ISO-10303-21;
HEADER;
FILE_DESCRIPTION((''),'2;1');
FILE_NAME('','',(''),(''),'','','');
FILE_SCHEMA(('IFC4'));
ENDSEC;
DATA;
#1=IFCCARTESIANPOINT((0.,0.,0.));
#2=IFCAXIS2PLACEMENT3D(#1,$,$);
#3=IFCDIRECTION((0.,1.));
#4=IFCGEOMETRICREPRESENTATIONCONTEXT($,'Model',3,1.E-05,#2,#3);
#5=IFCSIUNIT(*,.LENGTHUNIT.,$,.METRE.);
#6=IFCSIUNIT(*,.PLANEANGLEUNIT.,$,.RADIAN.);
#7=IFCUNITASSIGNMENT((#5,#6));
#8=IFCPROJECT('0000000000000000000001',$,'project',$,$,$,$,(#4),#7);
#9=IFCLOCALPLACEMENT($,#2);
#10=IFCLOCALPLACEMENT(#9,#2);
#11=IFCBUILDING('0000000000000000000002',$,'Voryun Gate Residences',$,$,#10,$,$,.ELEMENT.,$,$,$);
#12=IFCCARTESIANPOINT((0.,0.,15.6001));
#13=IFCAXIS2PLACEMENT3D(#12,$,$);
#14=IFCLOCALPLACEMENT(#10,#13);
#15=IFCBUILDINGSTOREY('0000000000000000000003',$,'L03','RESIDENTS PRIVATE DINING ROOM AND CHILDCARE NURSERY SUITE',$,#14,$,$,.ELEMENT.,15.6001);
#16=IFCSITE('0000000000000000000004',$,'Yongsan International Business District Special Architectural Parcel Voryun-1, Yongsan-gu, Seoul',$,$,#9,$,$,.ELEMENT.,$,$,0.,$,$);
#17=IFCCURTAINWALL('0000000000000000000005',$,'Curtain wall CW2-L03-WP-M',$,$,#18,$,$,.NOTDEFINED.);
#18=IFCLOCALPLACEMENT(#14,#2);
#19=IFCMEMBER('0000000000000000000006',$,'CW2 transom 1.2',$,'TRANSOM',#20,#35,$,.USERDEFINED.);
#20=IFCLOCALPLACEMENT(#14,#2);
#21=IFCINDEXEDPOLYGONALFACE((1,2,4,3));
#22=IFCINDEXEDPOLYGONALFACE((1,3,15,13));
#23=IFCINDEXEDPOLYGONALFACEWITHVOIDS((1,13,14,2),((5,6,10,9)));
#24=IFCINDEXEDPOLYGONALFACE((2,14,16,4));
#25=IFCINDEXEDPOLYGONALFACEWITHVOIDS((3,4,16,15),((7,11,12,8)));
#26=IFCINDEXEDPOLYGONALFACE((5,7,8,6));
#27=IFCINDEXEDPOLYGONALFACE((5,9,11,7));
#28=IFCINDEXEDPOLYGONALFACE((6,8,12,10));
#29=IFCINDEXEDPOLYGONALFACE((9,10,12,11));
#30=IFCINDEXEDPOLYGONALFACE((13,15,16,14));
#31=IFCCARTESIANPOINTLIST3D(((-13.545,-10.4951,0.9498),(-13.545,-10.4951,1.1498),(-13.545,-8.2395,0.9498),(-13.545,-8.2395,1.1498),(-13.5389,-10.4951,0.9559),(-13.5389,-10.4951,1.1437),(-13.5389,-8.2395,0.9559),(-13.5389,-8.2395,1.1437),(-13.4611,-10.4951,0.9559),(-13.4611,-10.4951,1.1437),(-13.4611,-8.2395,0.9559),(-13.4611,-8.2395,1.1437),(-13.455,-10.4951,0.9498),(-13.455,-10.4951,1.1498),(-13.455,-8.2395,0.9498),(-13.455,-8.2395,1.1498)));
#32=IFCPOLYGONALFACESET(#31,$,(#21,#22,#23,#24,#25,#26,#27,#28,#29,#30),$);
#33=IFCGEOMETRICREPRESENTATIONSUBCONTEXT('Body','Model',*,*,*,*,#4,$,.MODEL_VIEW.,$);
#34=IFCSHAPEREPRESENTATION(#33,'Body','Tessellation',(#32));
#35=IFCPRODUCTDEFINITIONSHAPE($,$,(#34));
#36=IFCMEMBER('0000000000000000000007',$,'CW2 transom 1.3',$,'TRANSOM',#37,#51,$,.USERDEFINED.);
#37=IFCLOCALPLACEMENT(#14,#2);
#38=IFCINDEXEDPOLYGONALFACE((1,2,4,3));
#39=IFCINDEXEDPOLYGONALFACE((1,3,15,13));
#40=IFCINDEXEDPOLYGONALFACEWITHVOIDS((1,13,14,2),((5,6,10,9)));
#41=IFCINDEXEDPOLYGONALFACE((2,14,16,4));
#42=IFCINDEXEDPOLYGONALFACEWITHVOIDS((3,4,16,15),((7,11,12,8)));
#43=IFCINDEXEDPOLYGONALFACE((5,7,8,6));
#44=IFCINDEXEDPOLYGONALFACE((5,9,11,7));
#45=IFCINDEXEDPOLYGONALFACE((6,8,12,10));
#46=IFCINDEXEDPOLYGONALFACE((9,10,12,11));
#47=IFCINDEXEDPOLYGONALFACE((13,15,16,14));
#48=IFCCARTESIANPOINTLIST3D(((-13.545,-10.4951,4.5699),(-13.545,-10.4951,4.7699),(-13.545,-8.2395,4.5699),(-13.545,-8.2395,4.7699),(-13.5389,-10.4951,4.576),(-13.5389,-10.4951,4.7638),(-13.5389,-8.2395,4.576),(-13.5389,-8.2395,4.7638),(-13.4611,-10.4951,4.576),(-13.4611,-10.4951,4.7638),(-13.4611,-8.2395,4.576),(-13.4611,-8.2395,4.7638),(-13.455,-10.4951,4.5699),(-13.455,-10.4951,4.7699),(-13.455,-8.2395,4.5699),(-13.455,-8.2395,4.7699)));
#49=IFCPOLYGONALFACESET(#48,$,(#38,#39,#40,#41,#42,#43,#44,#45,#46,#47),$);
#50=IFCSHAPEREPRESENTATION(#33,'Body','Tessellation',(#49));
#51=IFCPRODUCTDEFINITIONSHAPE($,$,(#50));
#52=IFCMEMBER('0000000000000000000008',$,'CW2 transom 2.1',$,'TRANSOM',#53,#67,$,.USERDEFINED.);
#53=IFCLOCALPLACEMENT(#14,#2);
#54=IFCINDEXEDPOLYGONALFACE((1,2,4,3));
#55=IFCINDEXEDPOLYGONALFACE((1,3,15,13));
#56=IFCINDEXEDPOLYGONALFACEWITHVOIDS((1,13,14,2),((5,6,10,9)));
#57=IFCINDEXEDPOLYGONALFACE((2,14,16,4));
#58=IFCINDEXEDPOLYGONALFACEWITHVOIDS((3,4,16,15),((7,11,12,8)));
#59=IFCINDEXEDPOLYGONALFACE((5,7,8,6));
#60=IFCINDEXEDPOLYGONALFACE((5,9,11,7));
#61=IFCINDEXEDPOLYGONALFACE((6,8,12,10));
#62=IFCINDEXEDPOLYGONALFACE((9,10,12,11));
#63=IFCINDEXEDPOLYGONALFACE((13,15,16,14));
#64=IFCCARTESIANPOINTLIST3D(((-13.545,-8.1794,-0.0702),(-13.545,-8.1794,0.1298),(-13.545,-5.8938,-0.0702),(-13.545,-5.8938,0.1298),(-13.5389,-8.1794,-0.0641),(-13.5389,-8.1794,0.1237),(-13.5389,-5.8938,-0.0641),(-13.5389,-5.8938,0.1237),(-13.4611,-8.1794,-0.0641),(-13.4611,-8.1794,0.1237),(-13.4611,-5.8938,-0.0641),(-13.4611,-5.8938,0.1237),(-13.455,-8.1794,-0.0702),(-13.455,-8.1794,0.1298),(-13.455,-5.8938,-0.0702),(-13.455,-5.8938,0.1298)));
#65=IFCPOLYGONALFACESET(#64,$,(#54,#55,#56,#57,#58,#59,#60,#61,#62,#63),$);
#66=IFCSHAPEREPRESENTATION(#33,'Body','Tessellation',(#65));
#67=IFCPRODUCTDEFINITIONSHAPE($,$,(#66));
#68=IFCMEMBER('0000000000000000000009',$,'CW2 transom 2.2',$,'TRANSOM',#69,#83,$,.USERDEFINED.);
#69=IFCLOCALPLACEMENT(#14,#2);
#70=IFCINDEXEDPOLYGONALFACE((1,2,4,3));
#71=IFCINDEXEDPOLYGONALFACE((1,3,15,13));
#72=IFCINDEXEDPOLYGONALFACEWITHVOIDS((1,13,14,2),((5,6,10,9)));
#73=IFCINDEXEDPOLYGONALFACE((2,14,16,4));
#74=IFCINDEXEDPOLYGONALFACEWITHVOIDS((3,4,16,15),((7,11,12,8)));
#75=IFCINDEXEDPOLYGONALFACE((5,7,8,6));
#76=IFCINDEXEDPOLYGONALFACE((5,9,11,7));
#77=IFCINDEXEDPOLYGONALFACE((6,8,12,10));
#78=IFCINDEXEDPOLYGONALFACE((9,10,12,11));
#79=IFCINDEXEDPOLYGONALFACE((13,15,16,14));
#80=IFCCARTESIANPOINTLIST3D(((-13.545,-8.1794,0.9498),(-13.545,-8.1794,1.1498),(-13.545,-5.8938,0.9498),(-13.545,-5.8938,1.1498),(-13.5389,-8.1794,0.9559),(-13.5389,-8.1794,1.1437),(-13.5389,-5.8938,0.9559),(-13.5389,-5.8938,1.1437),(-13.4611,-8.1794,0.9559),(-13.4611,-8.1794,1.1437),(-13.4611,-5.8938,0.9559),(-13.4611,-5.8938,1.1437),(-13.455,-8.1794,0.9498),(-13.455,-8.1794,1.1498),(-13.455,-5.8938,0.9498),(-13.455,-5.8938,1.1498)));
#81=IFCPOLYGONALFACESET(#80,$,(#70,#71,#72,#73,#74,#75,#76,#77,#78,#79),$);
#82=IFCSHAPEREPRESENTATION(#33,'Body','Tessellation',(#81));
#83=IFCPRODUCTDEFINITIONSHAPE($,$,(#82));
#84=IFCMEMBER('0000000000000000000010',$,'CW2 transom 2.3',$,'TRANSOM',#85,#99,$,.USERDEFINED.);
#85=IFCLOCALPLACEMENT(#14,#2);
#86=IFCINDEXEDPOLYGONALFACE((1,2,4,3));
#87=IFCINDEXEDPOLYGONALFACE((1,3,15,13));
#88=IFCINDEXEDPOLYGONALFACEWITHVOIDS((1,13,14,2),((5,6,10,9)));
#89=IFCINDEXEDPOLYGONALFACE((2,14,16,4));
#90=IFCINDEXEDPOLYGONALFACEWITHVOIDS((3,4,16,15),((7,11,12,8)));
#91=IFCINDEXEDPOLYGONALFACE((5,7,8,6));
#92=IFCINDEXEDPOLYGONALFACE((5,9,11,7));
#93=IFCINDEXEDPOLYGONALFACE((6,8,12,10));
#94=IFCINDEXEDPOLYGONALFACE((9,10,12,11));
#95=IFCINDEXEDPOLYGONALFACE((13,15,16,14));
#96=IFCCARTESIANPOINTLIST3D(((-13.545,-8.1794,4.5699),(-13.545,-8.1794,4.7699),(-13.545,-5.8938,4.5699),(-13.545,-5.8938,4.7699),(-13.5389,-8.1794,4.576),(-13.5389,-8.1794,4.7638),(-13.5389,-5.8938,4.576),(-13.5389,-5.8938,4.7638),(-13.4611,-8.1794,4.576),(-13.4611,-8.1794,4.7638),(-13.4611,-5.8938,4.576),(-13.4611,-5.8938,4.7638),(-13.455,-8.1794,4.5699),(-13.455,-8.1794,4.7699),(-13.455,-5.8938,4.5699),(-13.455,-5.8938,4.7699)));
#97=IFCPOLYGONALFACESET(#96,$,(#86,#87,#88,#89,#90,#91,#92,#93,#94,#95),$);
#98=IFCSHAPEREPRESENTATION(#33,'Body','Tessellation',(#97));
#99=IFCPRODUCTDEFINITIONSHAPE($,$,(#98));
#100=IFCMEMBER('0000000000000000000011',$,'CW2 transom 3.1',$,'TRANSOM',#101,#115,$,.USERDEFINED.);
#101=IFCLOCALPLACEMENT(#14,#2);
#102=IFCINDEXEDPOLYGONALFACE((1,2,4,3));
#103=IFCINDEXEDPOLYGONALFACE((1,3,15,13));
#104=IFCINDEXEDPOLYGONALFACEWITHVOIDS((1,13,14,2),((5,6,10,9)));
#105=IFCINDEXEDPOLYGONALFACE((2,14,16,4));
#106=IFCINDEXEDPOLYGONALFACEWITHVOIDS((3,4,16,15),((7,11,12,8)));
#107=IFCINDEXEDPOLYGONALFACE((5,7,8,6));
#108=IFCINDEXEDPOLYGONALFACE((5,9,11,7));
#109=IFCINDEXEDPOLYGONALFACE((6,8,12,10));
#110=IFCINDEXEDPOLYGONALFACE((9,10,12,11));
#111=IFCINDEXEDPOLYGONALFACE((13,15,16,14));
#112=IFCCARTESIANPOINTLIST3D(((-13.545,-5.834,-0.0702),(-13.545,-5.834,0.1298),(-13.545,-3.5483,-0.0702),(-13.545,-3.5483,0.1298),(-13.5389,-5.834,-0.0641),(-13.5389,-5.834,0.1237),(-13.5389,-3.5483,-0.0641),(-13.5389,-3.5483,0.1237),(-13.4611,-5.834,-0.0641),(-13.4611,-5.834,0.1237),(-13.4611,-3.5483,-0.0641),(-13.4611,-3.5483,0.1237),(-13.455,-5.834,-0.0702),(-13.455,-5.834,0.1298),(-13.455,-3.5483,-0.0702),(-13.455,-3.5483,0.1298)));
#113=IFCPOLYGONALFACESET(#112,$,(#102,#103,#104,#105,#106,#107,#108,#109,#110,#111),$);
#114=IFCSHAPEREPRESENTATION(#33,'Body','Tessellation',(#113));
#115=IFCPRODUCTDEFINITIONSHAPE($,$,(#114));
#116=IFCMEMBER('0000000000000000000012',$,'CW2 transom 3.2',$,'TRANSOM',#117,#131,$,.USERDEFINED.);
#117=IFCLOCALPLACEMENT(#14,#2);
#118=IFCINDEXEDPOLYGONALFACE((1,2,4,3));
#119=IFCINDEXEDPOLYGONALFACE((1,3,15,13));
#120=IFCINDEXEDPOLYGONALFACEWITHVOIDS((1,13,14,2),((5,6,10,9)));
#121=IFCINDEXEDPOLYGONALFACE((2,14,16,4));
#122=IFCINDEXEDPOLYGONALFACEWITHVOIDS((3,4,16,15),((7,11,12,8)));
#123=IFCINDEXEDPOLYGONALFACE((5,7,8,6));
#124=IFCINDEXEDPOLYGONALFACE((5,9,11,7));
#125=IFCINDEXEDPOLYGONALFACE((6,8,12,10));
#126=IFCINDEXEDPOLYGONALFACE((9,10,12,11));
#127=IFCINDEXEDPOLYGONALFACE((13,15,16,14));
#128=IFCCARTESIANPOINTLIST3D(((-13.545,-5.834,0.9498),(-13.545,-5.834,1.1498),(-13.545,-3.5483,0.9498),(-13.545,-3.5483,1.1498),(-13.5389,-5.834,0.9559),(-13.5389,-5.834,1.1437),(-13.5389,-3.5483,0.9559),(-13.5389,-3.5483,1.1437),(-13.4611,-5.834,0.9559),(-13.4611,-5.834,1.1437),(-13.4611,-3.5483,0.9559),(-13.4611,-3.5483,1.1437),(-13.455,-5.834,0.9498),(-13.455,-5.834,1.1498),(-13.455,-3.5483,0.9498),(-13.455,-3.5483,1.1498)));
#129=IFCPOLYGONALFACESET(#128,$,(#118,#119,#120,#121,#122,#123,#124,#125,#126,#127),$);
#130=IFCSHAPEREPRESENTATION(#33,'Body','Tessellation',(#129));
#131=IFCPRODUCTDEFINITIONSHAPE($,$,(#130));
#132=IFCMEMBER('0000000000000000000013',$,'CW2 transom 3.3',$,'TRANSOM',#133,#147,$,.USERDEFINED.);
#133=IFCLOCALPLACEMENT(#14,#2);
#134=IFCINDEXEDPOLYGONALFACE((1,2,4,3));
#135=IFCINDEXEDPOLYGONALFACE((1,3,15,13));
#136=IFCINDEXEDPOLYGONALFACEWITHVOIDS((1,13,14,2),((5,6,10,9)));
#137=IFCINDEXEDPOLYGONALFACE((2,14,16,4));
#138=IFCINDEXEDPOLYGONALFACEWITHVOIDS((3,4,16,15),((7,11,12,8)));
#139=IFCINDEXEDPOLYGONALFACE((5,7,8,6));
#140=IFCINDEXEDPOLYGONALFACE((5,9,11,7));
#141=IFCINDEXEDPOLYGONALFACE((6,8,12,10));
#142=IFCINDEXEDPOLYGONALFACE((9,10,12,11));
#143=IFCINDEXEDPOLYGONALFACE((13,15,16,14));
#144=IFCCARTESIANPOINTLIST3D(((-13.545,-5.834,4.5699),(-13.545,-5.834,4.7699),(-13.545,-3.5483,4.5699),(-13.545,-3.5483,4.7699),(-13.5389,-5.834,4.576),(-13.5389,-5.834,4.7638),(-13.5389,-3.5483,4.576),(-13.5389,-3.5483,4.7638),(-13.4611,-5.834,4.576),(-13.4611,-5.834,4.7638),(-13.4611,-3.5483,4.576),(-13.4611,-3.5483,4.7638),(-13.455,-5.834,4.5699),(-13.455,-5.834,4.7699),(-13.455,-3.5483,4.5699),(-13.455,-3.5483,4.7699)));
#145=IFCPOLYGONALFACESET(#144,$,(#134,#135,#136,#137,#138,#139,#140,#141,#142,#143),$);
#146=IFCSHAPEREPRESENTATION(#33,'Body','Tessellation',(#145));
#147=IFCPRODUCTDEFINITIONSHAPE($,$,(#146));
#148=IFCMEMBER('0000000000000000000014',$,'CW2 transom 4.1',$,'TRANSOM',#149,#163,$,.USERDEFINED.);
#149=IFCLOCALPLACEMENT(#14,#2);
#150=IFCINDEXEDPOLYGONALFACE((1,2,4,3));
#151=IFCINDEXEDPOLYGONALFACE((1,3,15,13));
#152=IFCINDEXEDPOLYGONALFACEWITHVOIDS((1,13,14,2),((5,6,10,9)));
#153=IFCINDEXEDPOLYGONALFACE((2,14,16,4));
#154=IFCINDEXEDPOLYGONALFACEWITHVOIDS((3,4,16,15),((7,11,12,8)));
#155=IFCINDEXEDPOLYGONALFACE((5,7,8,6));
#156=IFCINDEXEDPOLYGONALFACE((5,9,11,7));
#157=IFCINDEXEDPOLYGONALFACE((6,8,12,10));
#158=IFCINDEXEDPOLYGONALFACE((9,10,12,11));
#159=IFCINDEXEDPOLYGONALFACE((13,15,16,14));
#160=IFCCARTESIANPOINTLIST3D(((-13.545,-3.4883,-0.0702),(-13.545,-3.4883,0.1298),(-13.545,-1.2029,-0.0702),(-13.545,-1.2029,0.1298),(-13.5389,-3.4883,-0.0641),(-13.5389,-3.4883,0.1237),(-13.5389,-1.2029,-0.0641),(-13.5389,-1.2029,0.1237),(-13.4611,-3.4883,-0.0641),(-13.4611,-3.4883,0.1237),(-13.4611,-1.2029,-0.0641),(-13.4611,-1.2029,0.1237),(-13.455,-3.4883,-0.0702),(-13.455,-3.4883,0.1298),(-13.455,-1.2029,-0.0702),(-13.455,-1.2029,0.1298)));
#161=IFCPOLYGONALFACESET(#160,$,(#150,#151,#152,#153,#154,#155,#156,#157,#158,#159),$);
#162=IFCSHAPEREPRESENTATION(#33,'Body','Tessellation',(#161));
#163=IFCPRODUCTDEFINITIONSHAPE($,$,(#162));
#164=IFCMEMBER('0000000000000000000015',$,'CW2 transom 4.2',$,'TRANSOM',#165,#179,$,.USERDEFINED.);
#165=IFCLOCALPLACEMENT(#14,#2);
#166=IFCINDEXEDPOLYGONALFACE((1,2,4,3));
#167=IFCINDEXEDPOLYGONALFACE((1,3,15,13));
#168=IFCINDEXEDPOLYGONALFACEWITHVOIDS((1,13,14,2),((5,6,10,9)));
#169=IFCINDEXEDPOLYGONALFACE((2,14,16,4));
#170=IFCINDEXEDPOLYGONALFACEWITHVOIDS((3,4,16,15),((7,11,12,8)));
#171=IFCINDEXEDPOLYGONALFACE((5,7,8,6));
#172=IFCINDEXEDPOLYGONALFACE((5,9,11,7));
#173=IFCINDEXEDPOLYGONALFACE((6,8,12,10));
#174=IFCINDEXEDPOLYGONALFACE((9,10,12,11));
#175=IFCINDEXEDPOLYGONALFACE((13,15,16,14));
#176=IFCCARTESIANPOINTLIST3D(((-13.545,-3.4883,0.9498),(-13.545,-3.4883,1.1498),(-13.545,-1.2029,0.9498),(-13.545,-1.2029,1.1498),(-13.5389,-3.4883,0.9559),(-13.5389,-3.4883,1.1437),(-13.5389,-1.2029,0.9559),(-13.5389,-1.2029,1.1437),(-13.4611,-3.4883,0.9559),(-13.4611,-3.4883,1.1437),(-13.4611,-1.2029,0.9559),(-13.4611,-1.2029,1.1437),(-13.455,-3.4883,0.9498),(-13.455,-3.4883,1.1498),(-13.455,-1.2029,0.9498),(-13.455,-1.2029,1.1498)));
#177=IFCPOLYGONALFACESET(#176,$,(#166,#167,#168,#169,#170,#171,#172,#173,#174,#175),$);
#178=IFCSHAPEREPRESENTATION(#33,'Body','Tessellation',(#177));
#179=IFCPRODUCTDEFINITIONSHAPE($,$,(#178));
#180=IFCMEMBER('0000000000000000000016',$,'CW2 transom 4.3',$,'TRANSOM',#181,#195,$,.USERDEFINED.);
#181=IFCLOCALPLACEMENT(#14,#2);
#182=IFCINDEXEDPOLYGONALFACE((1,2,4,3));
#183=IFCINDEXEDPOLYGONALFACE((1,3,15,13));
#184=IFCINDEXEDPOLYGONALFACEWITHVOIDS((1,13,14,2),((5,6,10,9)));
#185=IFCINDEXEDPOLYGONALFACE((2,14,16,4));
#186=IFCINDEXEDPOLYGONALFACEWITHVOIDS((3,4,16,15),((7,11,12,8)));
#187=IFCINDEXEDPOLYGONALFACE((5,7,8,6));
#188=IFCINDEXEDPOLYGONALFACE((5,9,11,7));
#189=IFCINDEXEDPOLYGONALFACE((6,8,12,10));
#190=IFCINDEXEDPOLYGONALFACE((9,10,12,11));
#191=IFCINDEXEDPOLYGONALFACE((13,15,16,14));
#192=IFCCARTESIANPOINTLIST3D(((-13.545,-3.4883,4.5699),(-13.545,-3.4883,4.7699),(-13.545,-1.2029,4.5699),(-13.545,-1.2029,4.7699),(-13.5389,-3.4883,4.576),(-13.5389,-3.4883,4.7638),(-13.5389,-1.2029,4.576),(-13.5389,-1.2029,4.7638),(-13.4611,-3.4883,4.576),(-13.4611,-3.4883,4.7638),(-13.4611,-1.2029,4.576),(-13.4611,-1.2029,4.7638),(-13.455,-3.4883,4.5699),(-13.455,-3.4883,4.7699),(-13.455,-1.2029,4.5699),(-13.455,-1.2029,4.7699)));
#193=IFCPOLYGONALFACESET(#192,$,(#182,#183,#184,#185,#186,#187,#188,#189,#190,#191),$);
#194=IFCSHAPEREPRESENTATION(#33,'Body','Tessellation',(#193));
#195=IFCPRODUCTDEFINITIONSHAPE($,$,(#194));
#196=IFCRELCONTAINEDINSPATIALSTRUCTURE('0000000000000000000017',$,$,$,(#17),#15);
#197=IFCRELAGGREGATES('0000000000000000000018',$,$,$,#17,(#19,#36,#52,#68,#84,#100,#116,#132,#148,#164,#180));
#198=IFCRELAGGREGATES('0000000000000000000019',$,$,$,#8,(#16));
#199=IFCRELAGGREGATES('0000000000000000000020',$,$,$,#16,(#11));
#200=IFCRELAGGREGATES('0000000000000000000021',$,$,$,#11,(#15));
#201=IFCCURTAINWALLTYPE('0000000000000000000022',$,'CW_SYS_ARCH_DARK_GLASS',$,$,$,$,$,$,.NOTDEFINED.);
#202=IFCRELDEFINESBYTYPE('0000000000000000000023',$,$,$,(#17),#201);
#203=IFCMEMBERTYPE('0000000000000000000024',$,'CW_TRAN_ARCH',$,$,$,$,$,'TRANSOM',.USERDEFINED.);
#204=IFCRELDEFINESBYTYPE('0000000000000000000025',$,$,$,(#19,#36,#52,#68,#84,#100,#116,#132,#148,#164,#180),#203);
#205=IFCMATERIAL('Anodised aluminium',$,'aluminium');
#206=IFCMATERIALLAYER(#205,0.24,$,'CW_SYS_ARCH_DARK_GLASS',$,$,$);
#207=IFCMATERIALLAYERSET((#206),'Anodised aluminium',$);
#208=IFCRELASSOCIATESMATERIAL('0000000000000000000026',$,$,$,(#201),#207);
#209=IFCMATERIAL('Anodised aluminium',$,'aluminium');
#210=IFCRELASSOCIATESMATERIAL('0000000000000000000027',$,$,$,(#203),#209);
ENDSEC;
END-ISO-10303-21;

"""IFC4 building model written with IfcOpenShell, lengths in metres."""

from ifc_helpers import new_model, si_unit, direction, frame, origin, origin_2d, place, context, subcontext, project, spatial, hollow_rectangle, extrude, material, layer, layer_set, material_profile, profile_set, type_object, element, aggregate, save


model = new_model("IFC4")

# Units and contexts
model_context = context("Model", 3, precision=1e-05, world=origin(), true_north=direction((0.0, 1.0)))
body_context = subcontext(model_context, "Body", "Model", "MODEL_VIEW")
ifc_project = project(units=[si_unit("LENGTHUNIT", "METRE"), si_unit("PLANEANGLEUNIT", "RADIAN")], contexts=[model_context])

# Site, building, storey
site_placement = place(None, origin())
site = spatial("IfcSite", under=ifc_project, at=site_placement, Name="Yongsan International Business District Special Architectural Parcel Voryun-1, Yongsan-gu, Seoul", CompositionType="ELEMENT", RefElevation=0.0)
building_placement = place(site_placement, origin())
building = spatial("IfcBuilding", under=site, at=building_placement, Name="Voryun Gate Residences", CompositionType="ELEMENT")
storey_placement = place(building_placement, frame((0.0, 0.0, 15.6001)))
storey = spatial("IfcBuildingStorey", under=building, at=storey_placement, Name="L03", Description="RESIDENTS PRIVATE DINING ROOM AND CHILDCARE NURSERY SUITE", CompositionType="ELEMENT", Elevation=15.6001)

# Curtain wall, members
ifc_material_1 = material(Name="Anodised aluminium", Category="aluminium")
ifc_layer_1 = layer(ifc_material_1, 0.24, Name="CW_SYS_ARCH_DARK_GLASS")
ifc_layer_set_1 = layer_set([ifc_layer_1], Name="Anodised aluminium")
curtain_wall_type = type_object("IfcCurtainWallType", Name="CW_SYS_ARCH_DARK_GLASS", PredefinedType="NOTDEFINED", material=ifc_layer_set_1)
curtain_wall_placement = place(storey_placement, origin())
curtain_wall = element("IfcCurtainWall", 1, at=curtain_wall_placement, inside=storey, type_object=curtain_wall_type, Name="Curtain wall CW2-L03-WP-M", PredefinedType="NOTDEFINED")
ifc_material_2 = material(Name="Anodised aluminium", Category="aluminium")
ifc_material_profile_1 = material_profile(ifc_material_2, hollow_rectangle(XDim=0.0901, YDim=0.2, WallThickness=0.0061, at=origin_2d()), Name="ALU-TRAN-200x90x6")
ifc_profile_set_1 = profile_set([ifc_material_profile_1], Name="Anodised aluminium")
member_type_1 = type_object("IfcMemberType", Name="CW_TRAN_ARCH", ElementType="TRANSOM", PredefinedType="USERDEFINED", material=ifc_profile_set_1)
member_1_placement = place(storey_placement, frame((-13.5, -10.4951, 1.0498), z_axis=(0.0, 1.0, 0.0), x_axis=(-1.0, 0.0, 0.0)))
member_1 = element("IfcMember", 2, at=member_1_placement, type_object=member_type_1, Name="CW2 transom 1.2", ObjectType="TRANSOM", PredefinedType="USERDEFINED", context=body_context, shape_type="SweptSolid", body=[
    extrude(hollow_rectangle(XDim=0.0901, YDim=0.2, WallThickness=0.0061, at=origin_2d()), origin(), (0.0, 0.0, 1.0), 2.2556),
])
member_2_placement = place(storey_placement, frame((-13.5, -10.4951, 4.6699), z_axis=(0.0, 1.0, 0.0), x_axis=(-1.0, 0.0, 0.0)))
member_2 = element("IfcMember", 3, at=member_2_placement, type_object=member_type_1, Name="CW2 transom 1.3", ObjectType="TRANSOM", PredefinedType="USERDEFINED", context=body_context, shape_type="SweptSolid", body=[
    extrude(hollow_rectangle(XDim=0.0901, YDim=0.2, WallThickness=0.0061, at=origin_2d()), origin(), (0.0, 0.0, 1.0), 2.2556),
])
member_3_placement = place(storey_placement, frame((-13.5, -8.1794, 0.0298), z_axis=(0.0, 1.0, 0.0), x_axis=(-1.0, 0.0, 0.0)))
member_3 = element("IfcMember", 4, at=member_3_placement, type_object=member_type_1, Name="CW2 transom 2.1", ObjectType="TRANSOM", PredefinedType="USERDEFINED", context=body_context, shape_type="SweptSolid", body=[
    extrude(hollow_rectangle(XDim=0.0901, YDim=0.2, WallThickness=0.0061, at=origin_2d()), origin(), (0.0, 0.0, 1.0), 2.2856),
])
member_4_placement = place(storey_placement, frame((-13.5, -8.1794, 1.0498), z_axis=(0.0, 1.0, 0.0), x_axis=(-1.0, 0.0, 0.0)))
member_4 = element("IfcMember", 5, at=member_4_placement, type_object=member_type_1, Name="CW2 transom 2.2", ObjectType="TRANSOM", PredefinedType="USERDEFINED", context=body_context, shape_type="SweptSolid", body=[
    extrude(hollow_rectangle(XDim=0.0901, YDim=0.2, WallThickness=0.0061, at=origin_2d()), origin(), (0.0, 0.0, 1.0), 2.2856),
])
member_5_placement = place(storey_placement, frame((-13.5, -8.1794, 4.6699), z_axis=(0.0, 1.0, 0.0), x_axis=(-1.0, 0.0, 0.0)))
member_5 = element("IfcMember", 6, at=member_5_placement, type_object=member_type_1, Name="CW2 transom 2.3", ObjectType="TRANSOM", PredefinedType="USERDEFINED", context=body_context, shape_type="SweptSolid", body=[
    extrude(hollow_rectangle(XDim=0.0901, YDim=0.2, WallThickness=0.0061, at=origin_2d()), origin(), (0.0, 0.0, 1.0), 2.2856),
])
member_6_placement = place(storey_placement, frame((-13.5, -5.834, 0.0298), z_axis=(0.0, 1.0, 0.0), x_axis=(-1.0, 0.0, 0.0)))
member_6 = element("IfcMember", 7, at=member_6_placement, type_object=member_type_1, Name="CW2 transom 3.1", ObjectType="TRANSOM", PredefinedType="USERDEFINED", context=body_context, shape_type="SweptSolid", body=[
    extrude(hollow_rectangle(XDim=0.0901, YDim=0.2, WallThickness=0.0061, at=origin_2d()), origin(), (0.0, 0.0, 1.0), 2.2856),
])
member_7_placement = place(storey_placement, frame((-13.5, -5.834, 1.0498), z_axis=(0.0, 1.0, 0.0), x_axis=(-1.0, 0.0, 0.0)))
member_7 = element("IfcMember", 8, at=member_7_placement, type_object=member_type_1, Name="CW2 transom 3.2", ObjectType="TRANSOM", PredefinedType="USERDEFINED", context=body_context, shape_type="SweptSolid", body=[
    extrude(hollow_rectangle(XDim=0.0901, YDim=0.2, WallThickness=0.0061, at=origin_2d()), origin(), (0.0, 0.0, 1.0), 2.2856),
])
member_8_placement = place(storey_placement, frame((-13.5, -5.834, 4.6699), z_axis=(0.0, 1.0, 0.0), x_axis=(-1.0, 0.0, 0.0)))
member_8 = element("IfcMember", 9, at=member_8_placement, type_object=member_type_1, Name="CW2 transom 3.3", ObjectType="TRANSOM", PredefinedType="USERDEFINED", context=body_context, shape_type="SweptSolid", body=[
    extrude(hollow_rectangle(XDim=0.0901, YDim=0.2, WallThickness=0.0061, at=origin_2d()), origin(), (0.0, 0.0, 1.0), 2.2856),
])
member_9_placement = place(storey_placement, frame((-13.5, -3.4883, 0.0298), z_axis=(0.0, 1.0, 0.0), x_axis=(-1.0, 0.0, 0.0)))
member_9 = element("IfcMember", 10, at=member_9_placement, type_object=member_type_1, Name="CW2 transom 4.1", ObjectType="TRANSOM", PredefinedType="USERDEFINED", context=body_context, shape_type="SweptSolid", body=[
    extrude(hollow_rectangle(XDim=0.0901, YDim=0.2, WallThickness=0.0061, at=origin_2d()), origin(), (0.0, 0.0, 1.0), 2.2854),
])
member_10_placement = place(storey_placement, frame((-13.5, -3.4883, 1.0498), z_axis=(0.0, 1.0, 0.0), x_axis=(-1.0, 0.0, 0.0)))
member_10 = element("IfcMember", 11, at=member_10_placement, type_object=member_type_1, Name="CW2 transom 4.2", ObjectType="TRANSOM", PredefinedType="USERDEFINED", context=body_context, shape_type="SweptSolid", body=[
    extrude(hollow_rectangle(XDim=0.0901, YDim=0.2, WallThickness=0.0061, at=origin_2d()), origin(), (0.0, 0.0, 1.0), 2.2854),
])
member_11_placement = place(storey_placement, frame((-13.5, -3.4883, 4.6699), z_axis=(0.0, 1.0, 0.0), x_axis=(-1.0, 0.0, 0.0)))
member_11 = element("IfcMember", 12, at=member_11_placement, type_object=member_type_1, Name="CW2 transom 4.3", ObjectType="TRANSOM", PredefinedType="USERDEFINED", context=body_context, shape_type="SweptSolid", body=[
    extrude(hollow_rectangle(XDim=0.0901, YDim=0.2, WallThickness=0.0061, at=origin_2d()), origin(), (0.0, 0.0, 1.0), 2.2854),
])

aggregate(curtain_wall, [member_1, member_2, member_3, member_4, member_5, member_6, member_7, member_8, member_9, member_10, member_11])

save(model, "model.ifc")
